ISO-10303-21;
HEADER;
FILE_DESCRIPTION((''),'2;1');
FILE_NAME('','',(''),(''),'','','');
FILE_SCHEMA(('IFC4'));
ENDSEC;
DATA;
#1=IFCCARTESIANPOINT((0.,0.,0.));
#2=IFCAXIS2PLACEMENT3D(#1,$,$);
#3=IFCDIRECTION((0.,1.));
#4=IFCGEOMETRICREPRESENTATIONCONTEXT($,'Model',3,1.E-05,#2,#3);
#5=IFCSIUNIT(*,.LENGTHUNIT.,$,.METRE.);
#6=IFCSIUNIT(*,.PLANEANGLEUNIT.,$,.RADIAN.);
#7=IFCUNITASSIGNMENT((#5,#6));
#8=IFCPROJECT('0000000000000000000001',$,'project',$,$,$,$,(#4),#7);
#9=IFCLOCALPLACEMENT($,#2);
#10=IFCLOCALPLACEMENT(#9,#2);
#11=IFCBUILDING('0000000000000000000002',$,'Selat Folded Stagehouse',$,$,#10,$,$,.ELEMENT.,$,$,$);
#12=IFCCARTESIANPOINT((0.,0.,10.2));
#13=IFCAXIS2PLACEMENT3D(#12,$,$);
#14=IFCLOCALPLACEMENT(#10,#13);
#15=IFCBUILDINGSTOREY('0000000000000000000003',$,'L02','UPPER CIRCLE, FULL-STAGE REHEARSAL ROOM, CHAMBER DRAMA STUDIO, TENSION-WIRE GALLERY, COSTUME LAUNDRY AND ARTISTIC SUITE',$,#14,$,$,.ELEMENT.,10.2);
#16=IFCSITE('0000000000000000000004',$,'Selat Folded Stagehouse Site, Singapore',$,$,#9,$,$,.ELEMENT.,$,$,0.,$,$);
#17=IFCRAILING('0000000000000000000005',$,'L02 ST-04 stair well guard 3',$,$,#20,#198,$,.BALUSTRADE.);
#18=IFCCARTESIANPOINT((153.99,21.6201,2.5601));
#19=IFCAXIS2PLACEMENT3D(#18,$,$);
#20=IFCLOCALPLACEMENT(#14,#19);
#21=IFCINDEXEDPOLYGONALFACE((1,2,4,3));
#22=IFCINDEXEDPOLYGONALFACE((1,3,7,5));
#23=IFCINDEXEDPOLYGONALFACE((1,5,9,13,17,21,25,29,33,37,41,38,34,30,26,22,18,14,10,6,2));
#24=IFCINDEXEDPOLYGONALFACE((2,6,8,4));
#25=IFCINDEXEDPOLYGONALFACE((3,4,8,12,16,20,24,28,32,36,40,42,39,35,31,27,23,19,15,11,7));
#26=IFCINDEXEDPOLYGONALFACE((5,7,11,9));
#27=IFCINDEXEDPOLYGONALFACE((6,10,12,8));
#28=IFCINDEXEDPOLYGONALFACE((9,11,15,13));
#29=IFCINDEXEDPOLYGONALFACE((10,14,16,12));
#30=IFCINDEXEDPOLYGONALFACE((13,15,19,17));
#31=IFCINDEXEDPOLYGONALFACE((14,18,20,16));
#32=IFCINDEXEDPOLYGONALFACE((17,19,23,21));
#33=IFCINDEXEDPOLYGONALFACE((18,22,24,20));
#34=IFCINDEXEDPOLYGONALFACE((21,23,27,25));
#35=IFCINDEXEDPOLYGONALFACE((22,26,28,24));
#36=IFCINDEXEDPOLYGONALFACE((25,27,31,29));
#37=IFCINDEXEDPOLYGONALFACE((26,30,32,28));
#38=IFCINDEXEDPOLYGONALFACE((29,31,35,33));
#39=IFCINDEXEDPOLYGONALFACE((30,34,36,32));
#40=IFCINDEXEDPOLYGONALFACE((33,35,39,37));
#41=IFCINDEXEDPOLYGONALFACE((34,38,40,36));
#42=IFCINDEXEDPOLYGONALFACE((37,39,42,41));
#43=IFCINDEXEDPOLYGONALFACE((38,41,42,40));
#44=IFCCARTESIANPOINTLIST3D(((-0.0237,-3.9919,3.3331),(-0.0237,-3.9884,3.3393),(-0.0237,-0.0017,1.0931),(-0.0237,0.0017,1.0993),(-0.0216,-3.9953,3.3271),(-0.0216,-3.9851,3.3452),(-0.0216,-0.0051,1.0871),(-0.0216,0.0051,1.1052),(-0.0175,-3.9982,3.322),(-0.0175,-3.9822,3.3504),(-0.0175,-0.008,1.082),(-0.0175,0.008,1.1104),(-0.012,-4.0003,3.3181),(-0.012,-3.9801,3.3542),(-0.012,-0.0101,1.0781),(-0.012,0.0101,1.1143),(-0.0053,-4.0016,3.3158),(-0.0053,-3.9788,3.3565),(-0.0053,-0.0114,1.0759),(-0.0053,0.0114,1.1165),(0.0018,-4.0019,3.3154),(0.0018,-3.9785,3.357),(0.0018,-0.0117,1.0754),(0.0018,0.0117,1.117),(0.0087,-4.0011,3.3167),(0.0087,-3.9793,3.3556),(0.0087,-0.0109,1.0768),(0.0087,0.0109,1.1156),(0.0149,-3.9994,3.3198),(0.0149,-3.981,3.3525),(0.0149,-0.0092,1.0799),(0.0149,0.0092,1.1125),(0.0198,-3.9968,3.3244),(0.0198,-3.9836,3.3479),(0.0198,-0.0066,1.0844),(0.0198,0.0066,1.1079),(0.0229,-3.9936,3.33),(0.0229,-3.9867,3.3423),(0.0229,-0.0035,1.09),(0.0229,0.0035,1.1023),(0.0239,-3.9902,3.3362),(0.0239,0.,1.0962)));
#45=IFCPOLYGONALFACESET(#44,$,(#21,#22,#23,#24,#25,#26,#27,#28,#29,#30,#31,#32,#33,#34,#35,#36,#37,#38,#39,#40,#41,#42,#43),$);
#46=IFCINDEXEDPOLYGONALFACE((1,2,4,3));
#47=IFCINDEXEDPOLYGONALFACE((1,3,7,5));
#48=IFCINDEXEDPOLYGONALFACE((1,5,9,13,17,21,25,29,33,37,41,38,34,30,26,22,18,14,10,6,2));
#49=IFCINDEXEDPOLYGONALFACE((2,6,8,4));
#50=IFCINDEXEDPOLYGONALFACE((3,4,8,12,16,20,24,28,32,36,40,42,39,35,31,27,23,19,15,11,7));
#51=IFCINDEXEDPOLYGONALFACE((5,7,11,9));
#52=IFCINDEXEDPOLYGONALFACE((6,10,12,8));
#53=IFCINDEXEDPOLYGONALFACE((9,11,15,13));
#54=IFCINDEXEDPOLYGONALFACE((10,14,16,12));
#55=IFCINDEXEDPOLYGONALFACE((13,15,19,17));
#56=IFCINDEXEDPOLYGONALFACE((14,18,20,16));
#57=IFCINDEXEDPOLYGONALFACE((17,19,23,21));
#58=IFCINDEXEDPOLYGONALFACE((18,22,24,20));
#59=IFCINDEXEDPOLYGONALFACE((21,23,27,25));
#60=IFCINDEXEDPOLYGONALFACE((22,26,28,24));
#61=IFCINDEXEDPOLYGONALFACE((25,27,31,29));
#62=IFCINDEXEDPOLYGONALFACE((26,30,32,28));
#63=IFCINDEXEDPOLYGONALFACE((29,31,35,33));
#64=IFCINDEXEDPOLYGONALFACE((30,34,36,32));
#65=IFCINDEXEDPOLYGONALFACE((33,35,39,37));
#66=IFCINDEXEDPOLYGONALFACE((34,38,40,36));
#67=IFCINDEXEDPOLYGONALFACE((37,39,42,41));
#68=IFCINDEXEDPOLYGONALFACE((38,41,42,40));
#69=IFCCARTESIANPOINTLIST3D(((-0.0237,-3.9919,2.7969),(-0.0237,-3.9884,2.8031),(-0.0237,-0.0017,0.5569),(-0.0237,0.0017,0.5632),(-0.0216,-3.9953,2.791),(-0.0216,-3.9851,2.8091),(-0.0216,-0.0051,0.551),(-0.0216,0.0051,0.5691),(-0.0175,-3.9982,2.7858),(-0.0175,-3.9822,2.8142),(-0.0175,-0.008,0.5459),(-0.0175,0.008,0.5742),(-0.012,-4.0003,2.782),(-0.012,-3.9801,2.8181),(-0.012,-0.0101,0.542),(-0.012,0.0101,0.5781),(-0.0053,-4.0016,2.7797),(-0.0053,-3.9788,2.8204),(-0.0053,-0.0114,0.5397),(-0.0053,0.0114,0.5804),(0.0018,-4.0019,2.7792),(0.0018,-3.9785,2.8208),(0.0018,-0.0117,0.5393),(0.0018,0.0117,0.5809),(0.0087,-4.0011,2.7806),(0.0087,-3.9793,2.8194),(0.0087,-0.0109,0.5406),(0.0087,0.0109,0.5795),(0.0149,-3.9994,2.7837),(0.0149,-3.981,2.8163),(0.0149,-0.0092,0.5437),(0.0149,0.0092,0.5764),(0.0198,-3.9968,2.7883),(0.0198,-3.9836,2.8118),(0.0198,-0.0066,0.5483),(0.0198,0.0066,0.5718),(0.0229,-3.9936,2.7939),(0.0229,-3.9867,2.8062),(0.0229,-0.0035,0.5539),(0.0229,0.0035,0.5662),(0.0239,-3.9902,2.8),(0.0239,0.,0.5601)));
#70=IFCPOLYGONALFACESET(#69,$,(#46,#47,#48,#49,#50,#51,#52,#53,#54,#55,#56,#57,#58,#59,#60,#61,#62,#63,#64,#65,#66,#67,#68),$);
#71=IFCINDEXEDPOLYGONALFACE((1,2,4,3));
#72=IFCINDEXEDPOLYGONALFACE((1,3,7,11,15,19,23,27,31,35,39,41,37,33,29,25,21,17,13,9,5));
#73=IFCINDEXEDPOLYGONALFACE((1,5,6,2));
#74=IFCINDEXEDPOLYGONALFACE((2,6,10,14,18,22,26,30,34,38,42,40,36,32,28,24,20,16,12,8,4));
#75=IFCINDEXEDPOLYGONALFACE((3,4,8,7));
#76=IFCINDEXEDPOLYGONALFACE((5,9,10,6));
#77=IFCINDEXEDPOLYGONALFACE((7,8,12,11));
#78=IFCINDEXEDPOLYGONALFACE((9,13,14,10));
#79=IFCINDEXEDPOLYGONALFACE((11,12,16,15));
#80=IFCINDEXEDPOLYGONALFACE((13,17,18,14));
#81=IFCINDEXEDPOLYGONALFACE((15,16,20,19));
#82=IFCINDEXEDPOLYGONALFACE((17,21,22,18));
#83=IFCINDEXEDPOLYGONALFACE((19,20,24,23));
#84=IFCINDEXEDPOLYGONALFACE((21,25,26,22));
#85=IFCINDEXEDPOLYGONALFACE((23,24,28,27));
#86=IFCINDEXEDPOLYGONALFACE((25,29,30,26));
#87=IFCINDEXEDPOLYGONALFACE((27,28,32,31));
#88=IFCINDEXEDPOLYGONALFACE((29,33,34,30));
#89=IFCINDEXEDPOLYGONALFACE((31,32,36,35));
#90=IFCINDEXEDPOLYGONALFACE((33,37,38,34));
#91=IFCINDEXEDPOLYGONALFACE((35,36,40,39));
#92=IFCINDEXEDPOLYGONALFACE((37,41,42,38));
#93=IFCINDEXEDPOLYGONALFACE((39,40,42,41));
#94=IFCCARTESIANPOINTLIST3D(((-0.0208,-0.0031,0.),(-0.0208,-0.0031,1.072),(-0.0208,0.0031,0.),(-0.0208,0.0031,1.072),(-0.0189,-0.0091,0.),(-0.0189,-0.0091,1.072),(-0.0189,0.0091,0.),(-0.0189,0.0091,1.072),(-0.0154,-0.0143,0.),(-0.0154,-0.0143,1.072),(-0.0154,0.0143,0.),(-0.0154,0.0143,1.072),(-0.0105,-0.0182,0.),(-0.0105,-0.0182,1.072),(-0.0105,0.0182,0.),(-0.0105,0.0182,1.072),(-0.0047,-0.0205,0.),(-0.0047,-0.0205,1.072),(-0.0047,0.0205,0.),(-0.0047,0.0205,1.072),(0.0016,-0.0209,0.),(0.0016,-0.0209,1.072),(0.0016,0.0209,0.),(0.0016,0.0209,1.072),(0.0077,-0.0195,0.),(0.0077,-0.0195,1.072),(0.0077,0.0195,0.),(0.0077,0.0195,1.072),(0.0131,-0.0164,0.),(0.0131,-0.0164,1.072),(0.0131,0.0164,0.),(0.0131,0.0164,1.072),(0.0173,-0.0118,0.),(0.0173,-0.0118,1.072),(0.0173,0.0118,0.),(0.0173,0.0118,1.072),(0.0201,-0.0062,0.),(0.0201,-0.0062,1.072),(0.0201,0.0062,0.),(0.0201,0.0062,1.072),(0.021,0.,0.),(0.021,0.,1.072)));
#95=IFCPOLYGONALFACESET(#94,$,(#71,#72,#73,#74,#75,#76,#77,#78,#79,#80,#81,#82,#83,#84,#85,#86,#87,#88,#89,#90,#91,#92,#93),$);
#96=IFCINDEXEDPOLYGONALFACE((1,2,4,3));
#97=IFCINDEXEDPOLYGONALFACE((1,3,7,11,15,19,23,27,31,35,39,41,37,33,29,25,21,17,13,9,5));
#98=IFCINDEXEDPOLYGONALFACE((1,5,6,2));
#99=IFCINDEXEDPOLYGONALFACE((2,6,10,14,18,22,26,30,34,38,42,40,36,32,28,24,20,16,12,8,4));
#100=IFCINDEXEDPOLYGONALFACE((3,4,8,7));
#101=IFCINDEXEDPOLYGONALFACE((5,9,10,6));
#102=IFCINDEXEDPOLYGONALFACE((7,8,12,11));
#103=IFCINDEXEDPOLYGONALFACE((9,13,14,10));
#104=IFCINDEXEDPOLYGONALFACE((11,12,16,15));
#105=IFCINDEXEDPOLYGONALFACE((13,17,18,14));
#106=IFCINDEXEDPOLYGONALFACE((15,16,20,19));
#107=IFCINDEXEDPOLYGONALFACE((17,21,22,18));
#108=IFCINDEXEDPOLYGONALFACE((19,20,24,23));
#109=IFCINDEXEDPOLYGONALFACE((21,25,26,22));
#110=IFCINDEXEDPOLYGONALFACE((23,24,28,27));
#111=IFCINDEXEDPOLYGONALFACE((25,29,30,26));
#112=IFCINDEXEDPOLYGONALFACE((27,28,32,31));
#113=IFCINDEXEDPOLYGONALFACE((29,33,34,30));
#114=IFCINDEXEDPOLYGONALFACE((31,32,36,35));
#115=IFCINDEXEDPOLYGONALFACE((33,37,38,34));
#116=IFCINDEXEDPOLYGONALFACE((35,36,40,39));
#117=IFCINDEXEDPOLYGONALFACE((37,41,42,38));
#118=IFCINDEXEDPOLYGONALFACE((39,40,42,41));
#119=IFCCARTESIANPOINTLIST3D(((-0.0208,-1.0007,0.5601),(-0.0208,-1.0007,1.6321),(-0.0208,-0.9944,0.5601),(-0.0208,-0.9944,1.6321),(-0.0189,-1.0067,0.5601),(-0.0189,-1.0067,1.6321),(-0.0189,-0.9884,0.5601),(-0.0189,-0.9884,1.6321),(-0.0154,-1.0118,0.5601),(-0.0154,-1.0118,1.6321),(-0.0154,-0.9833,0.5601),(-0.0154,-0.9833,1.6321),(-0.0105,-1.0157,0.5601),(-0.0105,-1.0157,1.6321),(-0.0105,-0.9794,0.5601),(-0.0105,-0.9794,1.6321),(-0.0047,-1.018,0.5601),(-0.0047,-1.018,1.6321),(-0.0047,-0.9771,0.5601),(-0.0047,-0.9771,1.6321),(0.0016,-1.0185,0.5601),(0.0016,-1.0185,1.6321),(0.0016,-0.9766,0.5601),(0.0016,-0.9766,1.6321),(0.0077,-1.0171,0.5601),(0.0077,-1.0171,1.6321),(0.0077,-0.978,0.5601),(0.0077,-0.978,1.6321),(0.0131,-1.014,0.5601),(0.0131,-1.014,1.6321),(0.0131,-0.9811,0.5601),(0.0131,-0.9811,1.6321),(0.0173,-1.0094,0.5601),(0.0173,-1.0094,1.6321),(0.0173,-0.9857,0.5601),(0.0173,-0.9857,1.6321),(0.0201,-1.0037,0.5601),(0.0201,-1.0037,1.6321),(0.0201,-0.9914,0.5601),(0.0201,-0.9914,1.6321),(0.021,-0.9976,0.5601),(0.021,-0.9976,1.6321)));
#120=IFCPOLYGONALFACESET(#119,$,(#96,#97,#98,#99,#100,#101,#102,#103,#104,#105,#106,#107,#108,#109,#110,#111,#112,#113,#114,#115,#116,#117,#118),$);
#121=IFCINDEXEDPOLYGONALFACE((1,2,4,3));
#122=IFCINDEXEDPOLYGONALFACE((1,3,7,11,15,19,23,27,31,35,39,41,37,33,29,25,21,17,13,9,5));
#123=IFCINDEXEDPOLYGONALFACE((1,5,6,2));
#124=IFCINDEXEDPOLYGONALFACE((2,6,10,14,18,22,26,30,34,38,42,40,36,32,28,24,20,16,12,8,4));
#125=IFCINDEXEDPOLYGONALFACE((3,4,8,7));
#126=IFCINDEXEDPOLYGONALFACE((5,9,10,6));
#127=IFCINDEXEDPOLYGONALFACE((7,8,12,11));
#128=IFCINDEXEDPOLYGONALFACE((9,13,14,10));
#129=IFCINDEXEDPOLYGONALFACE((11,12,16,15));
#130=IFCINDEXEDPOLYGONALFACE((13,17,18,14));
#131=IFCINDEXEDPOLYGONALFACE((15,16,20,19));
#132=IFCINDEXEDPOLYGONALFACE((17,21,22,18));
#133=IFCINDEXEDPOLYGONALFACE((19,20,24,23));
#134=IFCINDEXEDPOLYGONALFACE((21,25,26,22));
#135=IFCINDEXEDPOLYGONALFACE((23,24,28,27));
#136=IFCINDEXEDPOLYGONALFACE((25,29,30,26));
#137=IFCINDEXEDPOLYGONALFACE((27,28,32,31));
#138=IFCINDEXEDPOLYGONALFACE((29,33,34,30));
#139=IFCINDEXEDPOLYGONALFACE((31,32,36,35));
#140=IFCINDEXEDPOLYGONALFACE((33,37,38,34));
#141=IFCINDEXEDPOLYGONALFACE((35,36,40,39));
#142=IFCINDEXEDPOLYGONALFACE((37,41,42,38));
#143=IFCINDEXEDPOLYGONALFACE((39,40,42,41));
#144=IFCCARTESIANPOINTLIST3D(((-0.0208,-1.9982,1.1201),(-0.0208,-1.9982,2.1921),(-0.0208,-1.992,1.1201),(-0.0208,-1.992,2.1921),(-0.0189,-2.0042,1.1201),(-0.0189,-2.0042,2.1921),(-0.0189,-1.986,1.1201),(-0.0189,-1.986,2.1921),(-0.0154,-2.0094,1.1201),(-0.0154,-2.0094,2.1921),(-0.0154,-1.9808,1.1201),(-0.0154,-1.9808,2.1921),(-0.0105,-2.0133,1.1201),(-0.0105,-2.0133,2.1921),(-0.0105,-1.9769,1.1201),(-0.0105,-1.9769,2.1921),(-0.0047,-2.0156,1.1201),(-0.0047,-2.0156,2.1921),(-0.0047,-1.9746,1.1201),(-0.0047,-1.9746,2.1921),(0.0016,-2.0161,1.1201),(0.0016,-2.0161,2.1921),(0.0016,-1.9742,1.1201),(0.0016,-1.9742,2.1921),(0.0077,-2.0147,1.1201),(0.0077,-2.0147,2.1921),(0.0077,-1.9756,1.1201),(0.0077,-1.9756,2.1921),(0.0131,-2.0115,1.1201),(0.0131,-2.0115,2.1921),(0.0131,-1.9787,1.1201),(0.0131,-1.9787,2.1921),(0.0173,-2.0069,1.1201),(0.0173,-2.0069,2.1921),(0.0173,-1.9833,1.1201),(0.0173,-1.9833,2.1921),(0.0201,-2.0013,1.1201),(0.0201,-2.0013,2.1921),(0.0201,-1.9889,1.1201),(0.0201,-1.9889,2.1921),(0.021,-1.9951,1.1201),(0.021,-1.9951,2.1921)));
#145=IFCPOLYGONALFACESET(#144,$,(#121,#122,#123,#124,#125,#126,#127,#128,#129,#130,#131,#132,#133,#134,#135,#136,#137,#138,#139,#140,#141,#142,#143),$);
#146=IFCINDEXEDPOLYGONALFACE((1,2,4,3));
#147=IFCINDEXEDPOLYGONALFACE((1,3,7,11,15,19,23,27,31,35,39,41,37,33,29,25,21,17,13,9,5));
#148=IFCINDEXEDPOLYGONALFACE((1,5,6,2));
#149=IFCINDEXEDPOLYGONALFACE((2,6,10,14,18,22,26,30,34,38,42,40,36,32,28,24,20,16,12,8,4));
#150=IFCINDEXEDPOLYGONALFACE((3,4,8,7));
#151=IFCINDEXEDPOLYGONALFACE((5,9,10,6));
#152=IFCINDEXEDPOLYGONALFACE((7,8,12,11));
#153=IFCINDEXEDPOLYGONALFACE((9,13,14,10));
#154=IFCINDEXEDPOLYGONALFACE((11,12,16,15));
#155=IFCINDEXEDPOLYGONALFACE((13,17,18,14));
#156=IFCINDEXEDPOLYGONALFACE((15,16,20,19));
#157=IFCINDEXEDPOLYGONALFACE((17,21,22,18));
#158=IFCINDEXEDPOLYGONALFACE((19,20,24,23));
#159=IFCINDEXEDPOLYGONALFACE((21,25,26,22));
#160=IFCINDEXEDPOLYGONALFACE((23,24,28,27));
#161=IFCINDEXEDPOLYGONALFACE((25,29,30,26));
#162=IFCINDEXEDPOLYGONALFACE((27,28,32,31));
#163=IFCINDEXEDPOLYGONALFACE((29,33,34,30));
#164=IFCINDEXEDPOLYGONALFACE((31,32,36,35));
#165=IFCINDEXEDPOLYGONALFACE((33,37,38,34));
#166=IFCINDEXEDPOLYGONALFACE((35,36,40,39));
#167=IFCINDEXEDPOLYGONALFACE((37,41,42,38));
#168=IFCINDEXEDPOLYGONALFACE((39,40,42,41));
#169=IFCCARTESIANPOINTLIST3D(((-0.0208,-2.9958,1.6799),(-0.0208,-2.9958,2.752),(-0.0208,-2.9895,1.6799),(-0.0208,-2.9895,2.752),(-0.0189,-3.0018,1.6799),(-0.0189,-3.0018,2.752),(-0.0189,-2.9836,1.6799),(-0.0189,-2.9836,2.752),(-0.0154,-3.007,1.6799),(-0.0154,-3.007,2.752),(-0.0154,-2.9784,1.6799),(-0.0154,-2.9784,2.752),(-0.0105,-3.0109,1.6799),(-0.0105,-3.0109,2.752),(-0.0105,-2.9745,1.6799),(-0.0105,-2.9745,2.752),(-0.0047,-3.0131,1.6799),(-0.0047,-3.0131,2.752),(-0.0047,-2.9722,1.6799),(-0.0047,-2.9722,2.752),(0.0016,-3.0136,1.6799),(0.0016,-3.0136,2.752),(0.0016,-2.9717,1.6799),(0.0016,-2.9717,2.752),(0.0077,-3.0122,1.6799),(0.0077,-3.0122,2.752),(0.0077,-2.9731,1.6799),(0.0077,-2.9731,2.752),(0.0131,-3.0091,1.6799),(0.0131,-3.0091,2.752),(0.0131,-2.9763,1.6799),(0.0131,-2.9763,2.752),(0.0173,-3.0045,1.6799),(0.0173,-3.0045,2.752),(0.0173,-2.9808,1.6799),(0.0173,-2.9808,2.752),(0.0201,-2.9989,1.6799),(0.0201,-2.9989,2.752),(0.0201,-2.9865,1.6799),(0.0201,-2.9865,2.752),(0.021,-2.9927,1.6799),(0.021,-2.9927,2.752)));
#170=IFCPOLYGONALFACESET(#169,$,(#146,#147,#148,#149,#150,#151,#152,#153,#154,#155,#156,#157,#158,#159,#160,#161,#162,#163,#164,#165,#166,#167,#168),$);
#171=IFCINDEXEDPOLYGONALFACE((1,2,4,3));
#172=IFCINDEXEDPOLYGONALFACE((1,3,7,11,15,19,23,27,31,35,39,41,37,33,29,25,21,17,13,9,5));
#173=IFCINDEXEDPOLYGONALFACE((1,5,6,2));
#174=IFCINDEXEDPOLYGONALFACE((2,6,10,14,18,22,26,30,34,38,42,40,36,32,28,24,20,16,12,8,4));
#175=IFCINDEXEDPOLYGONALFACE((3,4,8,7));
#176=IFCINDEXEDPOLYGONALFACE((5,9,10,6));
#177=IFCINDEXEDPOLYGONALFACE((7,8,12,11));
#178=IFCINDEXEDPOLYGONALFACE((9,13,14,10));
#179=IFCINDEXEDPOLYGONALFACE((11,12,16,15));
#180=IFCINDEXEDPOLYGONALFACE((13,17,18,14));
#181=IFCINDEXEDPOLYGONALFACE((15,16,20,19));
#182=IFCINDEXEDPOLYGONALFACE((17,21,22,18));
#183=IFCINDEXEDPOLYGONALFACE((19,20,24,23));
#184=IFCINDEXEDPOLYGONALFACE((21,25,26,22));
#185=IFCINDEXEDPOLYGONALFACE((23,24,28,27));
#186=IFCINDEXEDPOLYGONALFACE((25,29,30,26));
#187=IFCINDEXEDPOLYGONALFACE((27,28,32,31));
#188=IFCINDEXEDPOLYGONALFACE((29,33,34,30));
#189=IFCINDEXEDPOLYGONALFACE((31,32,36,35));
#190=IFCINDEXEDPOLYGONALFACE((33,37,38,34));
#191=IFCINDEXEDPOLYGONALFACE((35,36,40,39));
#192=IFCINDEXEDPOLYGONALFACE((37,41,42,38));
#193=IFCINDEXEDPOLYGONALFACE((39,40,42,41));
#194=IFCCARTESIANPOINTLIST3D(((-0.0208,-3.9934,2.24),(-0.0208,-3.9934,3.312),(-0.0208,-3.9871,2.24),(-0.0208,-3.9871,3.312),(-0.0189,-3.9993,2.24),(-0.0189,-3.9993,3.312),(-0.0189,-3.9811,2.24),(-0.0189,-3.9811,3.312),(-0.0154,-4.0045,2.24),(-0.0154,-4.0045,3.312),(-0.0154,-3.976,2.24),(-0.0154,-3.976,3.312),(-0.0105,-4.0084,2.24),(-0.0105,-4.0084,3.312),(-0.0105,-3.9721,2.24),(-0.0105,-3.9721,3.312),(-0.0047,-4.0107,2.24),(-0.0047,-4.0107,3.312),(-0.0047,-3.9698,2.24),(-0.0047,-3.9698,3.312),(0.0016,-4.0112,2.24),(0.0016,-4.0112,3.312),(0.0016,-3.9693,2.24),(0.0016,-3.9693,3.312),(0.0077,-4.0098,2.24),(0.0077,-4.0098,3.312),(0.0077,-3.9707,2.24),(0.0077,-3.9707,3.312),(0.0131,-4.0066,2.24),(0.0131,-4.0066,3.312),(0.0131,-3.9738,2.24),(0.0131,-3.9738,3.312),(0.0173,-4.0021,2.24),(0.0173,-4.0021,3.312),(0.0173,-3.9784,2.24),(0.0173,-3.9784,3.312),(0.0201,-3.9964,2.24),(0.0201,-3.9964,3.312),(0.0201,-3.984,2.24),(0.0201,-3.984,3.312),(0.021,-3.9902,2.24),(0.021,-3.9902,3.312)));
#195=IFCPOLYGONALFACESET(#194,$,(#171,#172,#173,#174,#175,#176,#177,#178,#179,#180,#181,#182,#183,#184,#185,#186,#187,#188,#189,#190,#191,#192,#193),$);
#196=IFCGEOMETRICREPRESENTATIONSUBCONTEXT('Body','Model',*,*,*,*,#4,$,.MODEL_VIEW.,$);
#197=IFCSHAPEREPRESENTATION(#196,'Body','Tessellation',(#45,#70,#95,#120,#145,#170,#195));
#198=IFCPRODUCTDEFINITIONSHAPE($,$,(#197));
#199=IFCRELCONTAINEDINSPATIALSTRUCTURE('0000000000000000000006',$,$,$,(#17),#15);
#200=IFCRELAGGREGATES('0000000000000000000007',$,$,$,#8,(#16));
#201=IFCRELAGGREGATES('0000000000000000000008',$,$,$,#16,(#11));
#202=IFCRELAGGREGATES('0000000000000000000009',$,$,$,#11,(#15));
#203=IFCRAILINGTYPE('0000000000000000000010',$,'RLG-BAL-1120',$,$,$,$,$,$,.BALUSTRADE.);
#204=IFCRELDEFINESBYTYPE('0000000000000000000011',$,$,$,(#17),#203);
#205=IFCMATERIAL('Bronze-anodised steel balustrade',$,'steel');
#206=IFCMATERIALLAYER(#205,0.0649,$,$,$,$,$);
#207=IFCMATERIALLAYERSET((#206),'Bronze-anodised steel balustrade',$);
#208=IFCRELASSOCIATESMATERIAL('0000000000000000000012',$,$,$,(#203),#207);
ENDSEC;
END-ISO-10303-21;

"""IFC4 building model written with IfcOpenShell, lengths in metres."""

from ifc_helpers import new_model, si_unit, direction, frame, origin, origin_2d, place, context, subcontext, project, spatial, circle, extrude, material, layer, layer_set, type_object, element, save


model = new_model("IFC4")

# Units and contexts
model_context = context("Model", 3, precision=1e-05, world=origin(), true_north=direction((0.0, 1.0)))
body_context = subcontext(model_context, "Body", "Model", "MODEL_VIEW")
ifc_project = project(units=[si_unit("LENGTHUNIT", "METRE"), si_unit("PLANEANGLEUNIT", "RADIAN")], contexts=[model_context])

# Site, building, storey
site_placement = place(None, origin())
site = spatial("IfcSite", under=ifc_project, at=site_placement, Name="Selat Folded Stagehouse Site, Singapore", CompositionType="ELEMENT", RefElevation=0.0)
building_placement = place(site_placement, origin())
building = spatial("IfcBuilding", under=site, at=building_placement, Name="Selat Folded Stagehouse", CompositionType="ELEMENT")
storey_placement = place(building_placement, frame((0.0, 0.0, 10.2)))
storey = spatial("IfcBuildingStorey", under=building, at=storey_placement, Name="L02", Description="UPPER CIRCLE, FULL-STAGE REHEARSAL ROOM, CHAMBER DRAMA STUDIO, TENSION-WIRE GALLERY, COSTUME LAUNDRY AND ARTISTIC SUITE", CompositionType="ELEMENT", Elevation=10.2)

# Railing
ifc_material_1 = material(Name="Bronze-anodised steel balustrade", Category="steel")
ifc_layer_1 = layer(ifc_material_1, 0.0649)
ifc_layer_set_1 = layer_set([ifc_layer_1], Name="Bronze-anodised steel balustrade")
railing_type_1 = type_object("IfcRailingType", Name="RLG-BAL-1120", PredefinedType="BALUSTRADE", material=ifc_layer_set_1)
railing_1_placement = place(storey_placement, frame((153.99, 21.6201, 2.5601)))
element("IfcRailing", 1, at=railing_1_placement, inside=storey, type_object=railing_type_1, Name="L02 ST-04 stair well guard 3", PredefinedType="BALUSTRADE", context=body_context, shape_type="SweptSolid", body=[
    extrude(circle(Radius=0.0239, at=origin_2d()), frame((0.0, 0.0, 1.0962), z_axis=(0.0, -0.871997, 0.489511), x_axis=(1.0, 0.0, 0.0)), (0.0, 0.0, 1.0), 4.5759),
    extrude(circle(Radius=0.0239, at=origin_2d()), frame((0.0, 0.0, 0.5601), z_axis=(0.0, -0.871997, 0.489511), x_axis=(1.0, 0.0, 0.0)), (0.0, 0.0, 1.0), 4.5759),
    extrude(circle(Radius=0.021, at=origin_2d()), origin(), (0.0, 0.0, 1.0), 1.072),
    extrude(circle(Radius=0.021, at=origin_2d()), frame((0.0, -0.9976, 0.5601)), (0.0, 0.0, 1.0), 1.072),
    extrude(circle(Radius=0.021, at=origin_2d()), frame((0.0, -1.9951, 1.1201)), (0.0, 0.0, 1.0), 1.072),
    extrude(circle(Radius=0.021, at=origin_2d()), frame((0.0, -2.9927, 1.6799)), (0.0, 0.0, 1.0), 1.072),
    extrude(circle(Radius=0.021, at=origin_2d()), frame((0.0, -3.9902, 2.24)), (0.0, 0.0, 1.0), 1.072),
])

save(model, "model.ifc")
